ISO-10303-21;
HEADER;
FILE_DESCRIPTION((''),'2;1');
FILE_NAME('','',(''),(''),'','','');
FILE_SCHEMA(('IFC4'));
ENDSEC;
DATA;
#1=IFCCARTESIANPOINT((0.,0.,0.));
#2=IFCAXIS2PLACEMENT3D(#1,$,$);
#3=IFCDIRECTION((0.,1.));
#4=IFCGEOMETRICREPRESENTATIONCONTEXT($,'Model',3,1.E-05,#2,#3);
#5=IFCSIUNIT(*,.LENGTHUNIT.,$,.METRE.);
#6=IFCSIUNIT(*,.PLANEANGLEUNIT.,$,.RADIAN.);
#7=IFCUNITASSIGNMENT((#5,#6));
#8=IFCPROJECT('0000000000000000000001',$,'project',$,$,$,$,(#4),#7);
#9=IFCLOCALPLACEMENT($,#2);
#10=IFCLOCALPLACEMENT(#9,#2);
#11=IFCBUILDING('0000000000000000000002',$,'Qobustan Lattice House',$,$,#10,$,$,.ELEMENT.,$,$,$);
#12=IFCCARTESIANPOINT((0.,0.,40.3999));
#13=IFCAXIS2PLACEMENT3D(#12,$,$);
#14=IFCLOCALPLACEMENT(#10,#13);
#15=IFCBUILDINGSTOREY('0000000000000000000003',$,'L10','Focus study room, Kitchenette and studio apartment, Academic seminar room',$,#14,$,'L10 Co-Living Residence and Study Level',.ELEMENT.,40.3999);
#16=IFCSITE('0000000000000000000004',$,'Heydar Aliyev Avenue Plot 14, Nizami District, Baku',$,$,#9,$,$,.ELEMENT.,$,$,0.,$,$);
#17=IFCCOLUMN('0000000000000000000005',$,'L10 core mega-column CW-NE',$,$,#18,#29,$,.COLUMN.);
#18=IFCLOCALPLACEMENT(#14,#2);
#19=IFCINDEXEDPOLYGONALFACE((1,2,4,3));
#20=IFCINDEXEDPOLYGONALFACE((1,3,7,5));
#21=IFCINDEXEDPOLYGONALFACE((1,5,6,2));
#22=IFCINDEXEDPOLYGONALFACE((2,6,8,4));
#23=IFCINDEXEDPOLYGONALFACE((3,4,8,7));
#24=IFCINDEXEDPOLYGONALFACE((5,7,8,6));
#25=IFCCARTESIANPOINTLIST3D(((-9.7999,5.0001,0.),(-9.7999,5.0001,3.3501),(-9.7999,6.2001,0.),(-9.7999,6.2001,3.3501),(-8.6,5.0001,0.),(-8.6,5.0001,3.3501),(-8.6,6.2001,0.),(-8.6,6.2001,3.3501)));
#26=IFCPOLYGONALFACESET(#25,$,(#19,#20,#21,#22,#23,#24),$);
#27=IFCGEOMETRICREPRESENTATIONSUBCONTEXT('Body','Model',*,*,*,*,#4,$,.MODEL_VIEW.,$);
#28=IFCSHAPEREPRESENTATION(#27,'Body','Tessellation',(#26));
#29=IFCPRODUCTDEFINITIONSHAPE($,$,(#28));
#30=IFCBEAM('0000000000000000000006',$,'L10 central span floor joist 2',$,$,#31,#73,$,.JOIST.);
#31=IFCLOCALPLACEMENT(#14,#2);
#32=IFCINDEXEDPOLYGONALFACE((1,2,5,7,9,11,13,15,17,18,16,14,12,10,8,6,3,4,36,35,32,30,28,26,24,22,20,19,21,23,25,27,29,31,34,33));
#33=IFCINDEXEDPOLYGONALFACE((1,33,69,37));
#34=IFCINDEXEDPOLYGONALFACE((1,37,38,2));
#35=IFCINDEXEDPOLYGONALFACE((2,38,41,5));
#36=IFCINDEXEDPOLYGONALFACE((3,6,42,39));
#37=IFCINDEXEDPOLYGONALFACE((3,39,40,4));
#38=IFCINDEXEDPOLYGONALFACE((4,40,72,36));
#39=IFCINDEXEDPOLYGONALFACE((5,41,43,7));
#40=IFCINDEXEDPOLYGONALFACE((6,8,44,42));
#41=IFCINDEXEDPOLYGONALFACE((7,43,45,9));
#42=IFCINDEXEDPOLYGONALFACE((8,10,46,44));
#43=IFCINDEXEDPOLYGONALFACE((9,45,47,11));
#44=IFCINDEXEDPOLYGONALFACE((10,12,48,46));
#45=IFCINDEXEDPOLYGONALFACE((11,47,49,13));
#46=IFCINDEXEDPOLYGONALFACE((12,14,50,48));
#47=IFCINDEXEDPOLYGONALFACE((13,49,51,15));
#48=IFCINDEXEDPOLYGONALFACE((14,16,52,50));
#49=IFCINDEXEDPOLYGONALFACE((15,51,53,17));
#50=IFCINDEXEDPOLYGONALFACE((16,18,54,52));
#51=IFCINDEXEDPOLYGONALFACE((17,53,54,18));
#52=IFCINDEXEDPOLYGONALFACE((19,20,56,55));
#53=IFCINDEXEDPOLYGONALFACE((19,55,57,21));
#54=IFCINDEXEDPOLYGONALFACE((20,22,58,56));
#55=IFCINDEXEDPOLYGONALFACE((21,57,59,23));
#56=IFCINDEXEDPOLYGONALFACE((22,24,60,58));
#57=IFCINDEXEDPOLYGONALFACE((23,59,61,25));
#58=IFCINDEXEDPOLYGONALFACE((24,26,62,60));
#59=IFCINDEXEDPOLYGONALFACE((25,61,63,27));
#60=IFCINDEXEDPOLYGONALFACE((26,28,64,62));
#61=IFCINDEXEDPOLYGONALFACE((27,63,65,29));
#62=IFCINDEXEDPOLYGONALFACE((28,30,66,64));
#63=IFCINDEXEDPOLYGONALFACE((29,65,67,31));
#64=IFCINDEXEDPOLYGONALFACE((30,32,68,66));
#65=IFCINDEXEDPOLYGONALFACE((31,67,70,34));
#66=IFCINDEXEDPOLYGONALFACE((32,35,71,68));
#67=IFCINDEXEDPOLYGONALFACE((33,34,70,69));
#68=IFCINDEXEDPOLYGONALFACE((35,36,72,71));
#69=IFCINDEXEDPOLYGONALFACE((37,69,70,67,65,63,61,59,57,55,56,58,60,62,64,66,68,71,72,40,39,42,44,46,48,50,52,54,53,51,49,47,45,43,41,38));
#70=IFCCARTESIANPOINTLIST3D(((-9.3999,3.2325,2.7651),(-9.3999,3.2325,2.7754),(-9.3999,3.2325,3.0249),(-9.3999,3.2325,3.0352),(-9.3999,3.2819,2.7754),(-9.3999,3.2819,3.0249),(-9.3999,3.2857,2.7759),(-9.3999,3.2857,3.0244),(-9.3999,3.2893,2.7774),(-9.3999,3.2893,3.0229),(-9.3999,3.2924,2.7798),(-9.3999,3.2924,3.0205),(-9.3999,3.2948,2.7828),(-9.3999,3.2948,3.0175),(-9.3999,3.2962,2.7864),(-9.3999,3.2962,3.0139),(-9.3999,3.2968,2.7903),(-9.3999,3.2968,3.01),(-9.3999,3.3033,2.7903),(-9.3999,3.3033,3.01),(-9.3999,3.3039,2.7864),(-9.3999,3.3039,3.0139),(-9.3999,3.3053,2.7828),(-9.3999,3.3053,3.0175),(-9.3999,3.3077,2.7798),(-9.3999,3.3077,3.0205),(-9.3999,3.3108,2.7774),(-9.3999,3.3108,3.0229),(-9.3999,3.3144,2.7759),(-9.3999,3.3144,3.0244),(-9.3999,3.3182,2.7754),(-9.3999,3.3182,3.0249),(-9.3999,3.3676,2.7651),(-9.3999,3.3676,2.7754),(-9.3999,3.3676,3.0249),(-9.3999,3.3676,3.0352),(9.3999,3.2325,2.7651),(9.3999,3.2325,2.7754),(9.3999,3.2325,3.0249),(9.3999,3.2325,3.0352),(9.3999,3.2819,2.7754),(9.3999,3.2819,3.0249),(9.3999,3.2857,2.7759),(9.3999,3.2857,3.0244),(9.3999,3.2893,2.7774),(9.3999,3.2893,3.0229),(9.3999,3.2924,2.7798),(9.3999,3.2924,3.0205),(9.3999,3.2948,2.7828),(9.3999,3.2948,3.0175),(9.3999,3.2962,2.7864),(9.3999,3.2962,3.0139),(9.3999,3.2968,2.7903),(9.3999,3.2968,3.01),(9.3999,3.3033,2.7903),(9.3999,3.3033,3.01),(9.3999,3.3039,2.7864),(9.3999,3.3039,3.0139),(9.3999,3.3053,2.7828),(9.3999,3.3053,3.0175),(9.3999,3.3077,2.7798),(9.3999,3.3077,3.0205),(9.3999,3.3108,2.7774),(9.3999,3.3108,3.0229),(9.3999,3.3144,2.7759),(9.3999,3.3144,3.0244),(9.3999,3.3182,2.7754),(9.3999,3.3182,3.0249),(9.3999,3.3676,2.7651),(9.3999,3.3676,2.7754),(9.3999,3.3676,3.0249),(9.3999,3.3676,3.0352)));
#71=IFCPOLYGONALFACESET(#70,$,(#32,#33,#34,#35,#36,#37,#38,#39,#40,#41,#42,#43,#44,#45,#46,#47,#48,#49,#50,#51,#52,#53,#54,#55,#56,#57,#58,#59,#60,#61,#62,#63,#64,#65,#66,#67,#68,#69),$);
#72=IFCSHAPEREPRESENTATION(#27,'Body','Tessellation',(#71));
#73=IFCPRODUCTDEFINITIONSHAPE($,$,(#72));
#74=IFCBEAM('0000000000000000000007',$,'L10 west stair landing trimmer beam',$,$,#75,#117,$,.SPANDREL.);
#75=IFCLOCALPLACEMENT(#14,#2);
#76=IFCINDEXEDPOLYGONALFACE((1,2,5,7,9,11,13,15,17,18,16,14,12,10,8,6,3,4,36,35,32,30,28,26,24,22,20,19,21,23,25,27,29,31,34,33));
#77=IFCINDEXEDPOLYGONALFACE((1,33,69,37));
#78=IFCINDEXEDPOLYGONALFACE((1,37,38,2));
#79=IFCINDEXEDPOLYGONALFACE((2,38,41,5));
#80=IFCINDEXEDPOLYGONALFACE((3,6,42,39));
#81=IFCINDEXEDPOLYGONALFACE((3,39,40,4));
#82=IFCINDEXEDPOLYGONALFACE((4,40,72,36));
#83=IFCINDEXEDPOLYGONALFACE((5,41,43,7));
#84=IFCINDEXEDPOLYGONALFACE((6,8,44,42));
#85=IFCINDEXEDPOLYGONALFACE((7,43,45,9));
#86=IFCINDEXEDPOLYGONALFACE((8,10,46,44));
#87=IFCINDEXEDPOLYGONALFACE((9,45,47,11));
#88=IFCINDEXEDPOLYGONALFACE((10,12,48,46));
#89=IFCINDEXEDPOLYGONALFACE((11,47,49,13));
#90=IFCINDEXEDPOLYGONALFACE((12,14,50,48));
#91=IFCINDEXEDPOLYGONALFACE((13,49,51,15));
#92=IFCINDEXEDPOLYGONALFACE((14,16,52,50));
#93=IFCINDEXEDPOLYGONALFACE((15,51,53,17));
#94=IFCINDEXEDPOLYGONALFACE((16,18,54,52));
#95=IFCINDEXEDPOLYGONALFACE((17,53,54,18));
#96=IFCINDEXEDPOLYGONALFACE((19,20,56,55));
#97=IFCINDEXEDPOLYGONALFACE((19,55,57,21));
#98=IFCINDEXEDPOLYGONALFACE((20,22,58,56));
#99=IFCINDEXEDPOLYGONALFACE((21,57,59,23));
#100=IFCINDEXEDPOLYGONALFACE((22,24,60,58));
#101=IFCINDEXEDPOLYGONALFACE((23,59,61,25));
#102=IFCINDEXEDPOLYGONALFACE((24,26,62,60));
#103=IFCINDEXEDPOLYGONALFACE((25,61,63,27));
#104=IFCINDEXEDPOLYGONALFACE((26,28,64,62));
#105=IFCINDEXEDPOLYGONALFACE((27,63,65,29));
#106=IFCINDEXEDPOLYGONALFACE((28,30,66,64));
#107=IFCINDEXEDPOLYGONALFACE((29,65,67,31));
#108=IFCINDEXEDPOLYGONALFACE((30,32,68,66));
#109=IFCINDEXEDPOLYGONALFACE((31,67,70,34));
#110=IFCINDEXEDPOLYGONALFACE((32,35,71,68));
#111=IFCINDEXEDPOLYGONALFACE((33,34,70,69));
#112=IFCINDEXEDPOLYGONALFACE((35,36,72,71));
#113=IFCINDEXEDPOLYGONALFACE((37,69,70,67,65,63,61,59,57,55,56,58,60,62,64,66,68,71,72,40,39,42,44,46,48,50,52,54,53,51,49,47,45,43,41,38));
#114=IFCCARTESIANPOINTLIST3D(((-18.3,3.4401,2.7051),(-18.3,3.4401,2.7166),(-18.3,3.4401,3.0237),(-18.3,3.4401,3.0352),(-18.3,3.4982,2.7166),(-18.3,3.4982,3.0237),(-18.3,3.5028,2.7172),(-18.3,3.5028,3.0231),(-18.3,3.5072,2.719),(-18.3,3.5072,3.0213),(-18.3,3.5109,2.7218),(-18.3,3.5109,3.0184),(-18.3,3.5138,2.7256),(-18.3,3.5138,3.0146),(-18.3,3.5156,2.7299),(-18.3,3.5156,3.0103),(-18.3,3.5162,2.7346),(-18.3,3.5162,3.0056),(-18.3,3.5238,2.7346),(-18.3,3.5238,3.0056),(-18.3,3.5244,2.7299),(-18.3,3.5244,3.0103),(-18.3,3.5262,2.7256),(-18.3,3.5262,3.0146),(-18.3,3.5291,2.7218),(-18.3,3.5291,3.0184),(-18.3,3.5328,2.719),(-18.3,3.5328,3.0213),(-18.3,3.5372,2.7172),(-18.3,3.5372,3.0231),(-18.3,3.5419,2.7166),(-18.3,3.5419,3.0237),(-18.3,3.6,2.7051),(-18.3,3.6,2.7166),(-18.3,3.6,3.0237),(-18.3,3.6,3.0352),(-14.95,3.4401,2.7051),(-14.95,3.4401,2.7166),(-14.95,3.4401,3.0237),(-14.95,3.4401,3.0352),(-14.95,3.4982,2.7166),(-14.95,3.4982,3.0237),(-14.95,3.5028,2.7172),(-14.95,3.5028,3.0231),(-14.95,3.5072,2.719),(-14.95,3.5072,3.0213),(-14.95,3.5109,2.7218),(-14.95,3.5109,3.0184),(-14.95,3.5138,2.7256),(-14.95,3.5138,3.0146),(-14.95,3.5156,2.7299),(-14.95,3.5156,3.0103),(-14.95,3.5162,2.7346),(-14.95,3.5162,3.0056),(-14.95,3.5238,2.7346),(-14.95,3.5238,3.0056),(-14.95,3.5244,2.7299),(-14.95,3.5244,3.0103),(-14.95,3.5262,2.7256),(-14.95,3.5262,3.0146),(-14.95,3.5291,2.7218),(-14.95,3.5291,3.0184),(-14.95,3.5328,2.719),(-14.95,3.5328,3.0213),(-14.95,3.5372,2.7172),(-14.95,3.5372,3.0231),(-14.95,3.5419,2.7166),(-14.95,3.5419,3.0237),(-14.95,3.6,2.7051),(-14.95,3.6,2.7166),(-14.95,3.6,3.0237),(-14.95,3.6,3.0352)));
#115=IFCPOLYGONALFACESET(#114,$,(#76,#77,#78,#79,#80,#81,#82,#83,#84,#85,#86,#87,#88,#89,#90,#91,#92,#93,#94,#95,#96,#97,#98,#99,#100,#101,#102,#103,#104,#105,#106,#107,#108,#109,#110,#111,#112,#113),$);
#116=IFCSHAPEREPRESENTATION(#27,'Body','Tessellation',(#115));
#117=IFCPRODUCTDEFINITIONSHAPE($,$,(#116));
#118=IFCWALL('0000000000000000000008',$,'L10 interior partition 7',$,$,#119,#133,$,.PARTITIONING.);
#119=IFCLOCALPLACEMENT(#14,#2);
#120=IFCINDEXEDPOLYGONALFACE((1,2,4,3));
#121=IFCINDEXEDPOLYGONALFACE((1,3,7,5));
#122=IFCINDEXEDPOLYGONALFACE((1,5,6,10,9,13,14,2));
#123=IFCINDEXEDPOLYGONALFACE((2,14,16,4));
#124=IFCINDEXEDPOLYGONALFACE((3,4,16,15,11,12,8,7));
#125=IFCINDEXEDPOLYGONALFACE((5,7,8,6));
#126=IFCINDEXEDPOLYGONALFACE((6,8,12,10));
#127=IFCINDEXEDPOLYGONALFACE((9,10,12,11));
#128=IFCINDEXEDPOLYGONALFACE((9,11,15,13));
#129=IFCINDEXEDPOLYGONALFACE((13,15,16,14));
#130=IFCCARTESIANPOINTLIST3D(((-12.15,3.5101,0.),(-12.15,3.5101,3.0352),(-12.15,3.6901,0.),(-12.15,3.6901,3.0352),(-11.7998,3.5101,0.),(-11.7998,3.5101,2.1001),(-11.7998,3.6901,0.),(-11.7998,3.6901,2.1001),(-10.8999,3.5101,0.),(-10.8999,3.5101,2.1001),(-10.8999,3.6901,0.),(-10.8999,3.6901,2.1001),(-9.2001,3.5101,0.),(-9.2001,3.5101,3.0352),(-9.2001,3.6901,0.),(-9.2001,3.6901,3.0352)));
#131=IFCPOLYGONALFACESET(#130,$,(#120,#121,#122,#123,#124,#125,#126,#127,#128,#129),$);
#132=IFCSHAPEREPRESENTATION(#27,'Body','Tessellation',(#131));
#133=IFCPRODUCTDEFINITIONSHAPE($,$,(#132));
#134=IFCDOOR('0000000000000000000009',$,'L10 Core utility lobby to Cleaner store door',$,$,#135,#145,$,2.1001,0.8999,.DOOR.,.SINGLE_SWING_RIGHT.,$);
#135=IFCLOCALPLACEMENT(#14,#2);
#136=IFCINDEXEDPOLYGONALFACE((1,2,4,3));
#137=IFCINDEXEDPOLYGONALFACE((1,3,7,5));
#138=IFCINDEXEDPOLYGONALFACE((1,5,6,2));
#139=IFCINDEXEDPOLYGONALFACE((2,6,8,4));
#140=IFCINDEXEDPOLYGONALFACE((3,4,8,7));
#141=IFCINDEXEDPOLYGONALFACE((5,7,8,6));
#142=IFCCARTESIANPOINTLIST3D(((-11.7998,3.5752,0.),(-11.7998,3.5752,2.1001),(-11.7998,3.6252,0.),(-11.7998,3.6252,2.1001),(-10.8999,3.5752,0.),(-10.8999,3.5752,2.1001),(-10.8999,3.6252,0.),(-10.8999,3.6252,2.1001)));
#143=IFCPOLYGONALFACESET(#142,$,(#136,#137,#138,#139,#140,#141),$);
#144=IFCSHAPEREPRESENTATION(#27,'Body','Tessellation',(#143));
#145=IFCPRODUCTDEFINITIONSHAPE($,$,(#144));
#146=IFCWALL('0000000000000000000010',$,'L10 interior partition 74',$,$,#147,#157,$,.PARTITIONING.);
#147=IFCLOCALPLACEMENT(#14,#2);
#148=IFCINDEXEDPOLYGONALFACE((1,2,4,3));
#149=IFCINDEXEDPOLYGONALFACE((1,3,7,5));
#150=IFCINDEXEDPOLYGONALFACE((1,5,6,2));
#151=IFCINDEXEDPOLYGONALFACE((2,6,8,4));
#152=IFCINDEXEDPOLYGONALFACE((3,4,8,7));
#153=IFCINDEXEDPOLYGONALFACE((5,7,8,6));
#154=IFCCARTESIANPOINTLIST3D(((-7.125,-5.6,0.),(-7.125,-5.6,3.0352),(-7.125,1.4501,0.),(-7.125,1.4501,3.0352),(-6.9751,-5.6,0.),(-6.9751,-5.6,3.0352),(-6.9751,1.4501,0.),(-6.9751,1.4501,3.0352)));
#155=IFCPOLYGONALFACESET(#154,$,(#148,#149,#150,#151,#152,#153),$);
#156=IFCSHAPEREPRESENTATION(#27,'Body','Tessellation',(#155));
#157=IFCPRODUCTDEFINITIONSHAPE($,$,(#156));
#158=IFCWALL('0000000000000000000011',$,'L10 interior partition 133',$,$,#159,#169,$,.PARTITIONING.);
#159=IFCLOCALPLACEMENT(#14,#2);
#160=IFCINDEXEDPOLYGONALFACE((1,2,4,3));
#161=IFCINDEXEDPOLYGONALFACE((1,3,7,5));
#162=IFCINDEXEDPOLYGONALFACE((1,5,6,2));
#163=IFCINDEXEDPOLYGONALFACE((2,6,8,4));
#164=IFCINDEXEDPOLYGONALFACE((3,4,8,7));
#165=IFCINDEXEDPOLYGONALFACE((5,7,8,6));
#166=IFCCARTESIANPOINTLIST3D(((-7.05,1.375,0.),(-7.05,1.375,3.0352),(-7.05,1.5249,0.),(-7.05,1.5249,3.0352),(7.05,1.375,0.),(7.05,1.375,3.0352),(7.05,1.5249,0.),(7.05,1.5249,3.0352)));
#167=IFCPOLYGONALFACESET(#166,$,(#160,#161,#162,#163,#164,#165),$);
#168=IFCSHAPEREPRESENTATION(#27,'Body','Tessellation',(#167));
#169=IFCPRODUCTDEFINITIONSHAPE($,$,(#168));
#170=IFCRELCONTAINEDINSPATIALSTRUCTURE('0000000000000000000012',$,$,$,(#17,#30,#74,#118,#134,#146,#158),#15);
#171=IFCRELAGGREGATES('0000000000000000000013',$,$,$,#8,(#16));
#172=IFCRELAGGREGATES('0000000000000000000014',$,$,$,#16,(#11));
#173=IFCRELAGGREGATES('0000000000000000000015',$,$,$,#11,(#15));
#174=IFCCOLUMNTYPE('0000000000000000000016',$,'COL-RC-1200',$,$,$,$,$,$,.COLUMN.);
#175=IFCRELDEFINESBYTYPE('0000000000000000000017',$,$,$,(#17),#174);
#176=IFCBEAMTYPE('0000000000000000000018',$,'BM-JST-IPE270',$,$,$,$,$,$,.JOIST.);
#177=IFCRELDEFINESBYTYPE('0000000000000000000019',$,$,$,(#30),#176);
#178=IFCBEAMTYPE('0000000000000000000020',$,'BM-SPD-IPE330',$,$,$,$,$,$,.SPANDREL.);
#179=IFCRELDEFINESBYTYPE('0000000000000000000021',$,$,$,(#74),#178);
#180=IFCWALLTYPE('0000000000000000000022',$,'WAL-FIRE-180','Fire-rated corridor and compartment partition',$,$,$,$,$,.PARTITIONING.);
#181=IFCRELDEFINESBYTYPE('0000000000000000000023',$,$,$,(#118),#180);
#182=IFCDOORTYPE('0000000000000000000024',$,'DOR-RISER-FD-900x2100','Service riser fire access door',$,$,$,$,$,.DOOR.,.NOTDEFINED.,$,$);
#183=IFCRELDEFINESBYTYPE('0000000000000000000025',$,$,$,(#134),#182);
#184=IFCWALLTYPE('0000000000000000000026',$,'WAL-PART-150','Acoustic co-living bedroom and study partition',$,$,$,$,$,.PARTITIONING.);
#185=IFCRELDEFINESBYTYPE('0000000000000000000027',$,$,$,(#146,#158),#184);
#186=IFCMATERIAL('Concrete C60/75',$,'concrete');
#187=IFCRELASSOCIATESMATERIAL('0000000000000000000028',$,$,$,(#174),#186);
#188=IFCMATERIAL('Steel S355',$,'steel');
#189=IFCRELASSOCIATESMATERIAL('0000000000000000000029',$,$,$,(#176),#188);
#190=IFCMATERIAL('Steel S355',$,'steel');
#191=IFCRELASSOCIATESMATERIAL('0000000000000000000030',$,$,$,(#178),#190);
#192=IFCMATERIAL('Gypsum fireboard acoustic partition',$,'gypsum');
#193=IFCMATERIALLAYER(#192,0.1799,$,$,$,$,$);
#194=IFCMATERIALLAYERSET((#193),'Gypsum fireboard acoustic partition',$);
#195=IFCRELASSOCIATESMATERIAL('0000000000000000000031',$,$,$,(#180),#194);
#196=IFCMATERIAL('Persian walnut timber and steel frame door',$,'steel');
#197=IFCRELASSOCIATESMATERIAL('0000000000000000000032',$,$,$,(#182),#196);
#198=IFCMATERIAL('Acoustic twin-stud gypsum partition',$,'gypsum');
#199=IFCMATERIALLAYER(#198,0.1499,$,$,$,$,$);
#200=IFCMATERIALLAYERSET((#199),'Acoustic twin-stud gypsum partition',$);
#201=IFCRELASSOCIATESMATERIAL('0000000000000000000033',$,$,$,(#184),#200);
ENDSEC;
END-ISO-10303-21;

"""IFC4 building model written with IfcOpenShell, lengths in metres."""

from ifc_helpers import new_model, si_unit, direction, frame, frame_2d, origin, origin_2d, place, context, subcontext, project, spatial, rectangle, i_section, extrude, material, layer, layer_set, material_profile, profile_set, type_object, element, fill, save


model = new_model("IFC4")

# Units and contexts
model_context = context("Model", 3, precision=1e-05, world=origin(), true_north=direction((0.0, 1.0)))
body_context = subcontext(model_context, "Body", "Model", "MODEL_VIEW")
ifc_project = project(units=[si_unit("LENGTHUNIT", "METRE"), si_unit("PLANEANGLEUNIT", "RADIAN")], contexts=[model_context])

# Site, building, storey
site_placement = place(None, origin())
site = spatial("IfcSite", under=ifc_project, at=site_placement, Name="Heydar Aliyev Avenue Plot 14, Nizami District, Baku", CompositionType="ELEMENT", RefElevation=0.0)
building_placement = place(site_placement, origin())
building = spatial("IfcBuilding", under=site, at=building_placement, Name="Qobustan Lattice House", CompositionType="ELEMENT")
storey_placement = place(building_placement, frame((0.0, 0.0, 40.3999)))
storey = spatial("IfcBuildingStorey", under=building, at=storey_placement, Name="L10", Description="Focus study room, Kitchenette and studio apartment, Academic seminar room", LongName="L10 Co-Living Residence and Study Level", CompositionType="ELEMENT", Elevation=40.3999)

# Column
ifc_material_1 = material(Name="Concrete C60/75", Category="concrete")
ifc_material_profile_1 = material_profile(ifc_material_1, rectangle(XDim=1.2, YDim=1.2, at=origin_2d()), Name="RC1200x1200")
ifc_profile_set_1 = profile_set([ifc_material_profile_1], Name="Concrete C60/75")
column_type = type_object("IfcColumnType", Name="COL-RC-1200", PredefinedType="COLUMN", material=ifc_profile_set_1)
column_placement = place(storey_placement, frame((-9.2, 5.6001, 0.0), z_axis=(0.0, 0.0, 1.0), x_axis=(1.0, 0.0, 0.0)))
element("IfcColumn", 1, at=column_placement, inside=storey, type_object=column_type, Name="L10 core mega-column CW-NE", PredefinedType="COLUMN", context=body_context, shape_type="SweptSolid", body=[
    extrude(rectangle(XDim=1.2, YDim=1.2, at=origin_2d()), origin(), (0.0, 0.0, 1.0), 3.3501),
])

# Beams
ifc_material_2 = material(Name="Steel S355", Category="steel")
ifc_material_profile_2 = material_profile(ifc_material_2, i_section(OverallWidth=0.135, OverallDepth=0.27, WebThickness=0.0066, FlangeThickness=0.0103, FilletRadius=0.0149, at=origin_2d()), Name="IPE270")
ifc_profile_set_2 = profile_set([ifc_material_profile_2], Name="Steel S355")
beam_type_1 = type_object("IfcBeamType", Name="BM-JST-IPE270", PredefinedType="JOIST", material=ifc_profile_set_2)
beam_1_placement = place(storey_placement, frame((-9.3999, 3.3, 2.9001), z_axis=(1.0, 0.0, 0.0), x_axis=(0.0, 1.0, 0.0)))
element("IfcBeam", 2, at=beam_1_placement, inside=storey, type_object=beam_type_1, Name="L10 central span floor joist 2", PredefinedType="JOIST", context=body_context, shape_type="SweptSolid", body=[
    extrude(i_section(OverallWidth=0.135, OverallDepth=0.27, WebThickness=0.0066, FlangeThickness=0.0103, FilletRadius=0.0149, at=origin_2d()), origin(), (0.0, 0.0, 1.0), 18.7998),
])
ifc_material_3 = material(Name="Steel S355", Category="steel")
ifc_material_profile_3 = material_profile(ifc_material_3, i_section(OverallWidth=0.1599, OverallDepth=0.3301, WebThickness=0.0076, FlangeThickness=0.0115, FilletRadius=0.0181, at=origin_2d()), Name="IPE330")
ifc_profile_set_3 = profile_set([ifc_material_profile_3], Name="Steel S355")
beam_type_2 = type_object("IfcBeamType", Name="BM-SPD-IPE330", PredefinedType="SPANDREL", material=ifc_profile_set_3)
beam_2_placement = place(storey_placement, frame((-18.3, 3.52, 2.8701), z_axis=(1.0, 0.0, 0.0), x_axis=(0.0, 1.0, 0.0)))
element("IfcBeam", 3, at=beam_2_placement, inside=storey, type_object=beam_type_2, Name="L10 west stair landing trimmer beam", PredefinedType="SPANDREL", context=body_context, shape_type="SweptSolid", body=[
    extrude(i_section(OverallWidth=0.1599, OverallDepth=0.3301, WebThickness=0.0076, FlangeThickness=0.0115, FilletRadius=0.0181, at=origin_2d()), origin(), (0.0, 0.0, 1.0), 3.3501),
])

# Wall, opening, door
ifc_material_4 = material(Name="Gypsum fireboard acoustic partition", Category="gypsum")
ifc_layer_1 = layer(ifc_material_4, 0.1799)
ifc_layer_set_1 = layer_set([ifc_layer_1], Name="Gypsum fireboard acoustic partition")
wall_type_1 = type_object("IfcWallType", Name="WAL-FIRE-180", Description="Fire-rated corridor and compartment partition", PredefinedType="PARTITIONING", material=ifc_layer_set_1)
wall_1_placement = place(storey_placement, frame((-9.2, 3.6001, 0.0), z_axis=(0.0, 0.0, 1.0), x_axis=(-1.0, 0.0, 0.0)))
wall_1 = element("IfcWall", 4, at=wall_1_placement, inside=storey, type_object=wall_type_1, Name="L10 interior partition 7", PredefinedType="PARTITIONING", context=body_context, shape_type="SweptSolid", body=[
    extrude(rectangle(XDim=2.95, YDim=0.1799, at=frame_2d((1.4751, 0.0))), origin(), (0.0, 0.0, 1.0), 3.0352),
])
opening_placement = place(wall_1_placement, frame((1.7, 0.0, 0.0)))
opening = element("IfcOpeningElement", 5, at=opening_placement, cuts=wall_1, PredefinedType="OPENING", context=body_context, shape_type="SweptSolid", body=[
    extrude(rectangle(XDim=0.8999, YDim=2.1001, at=frame_2d((0.45, 1.05))), frame((0.0, 0.0999, 0.0), z_axis=(0.0, -1.0, 0.0), x_axis=(1.0, 0.0, 0.0)), (0.0, 0.0, 1.0), 0.2),
])
ifc_material_5 = material(Name="Persian walnut timber and steel frame door", Category="steel")
door_type = type_object("IfcDoorType", Name="DOR-RISER-FD-900x2100", Description="Service riser fire access door", OperationType="NOTDEFINED", PredefinedType="DOOR", material=ifc_material_5)
door_placement = place(opening_placement, origin())
door = element("IfcDoor", 6, at=door_placement, inside=storey, type_object=door_type, Name="L10 Core utility lobby to Cleaner store door", OperationType="SINGLE_SWING_RIGHT", OverallHeight=2.1001, OverallWidth=0.8999, PredefinedType="DOOR", context=body_context, shape_type="SweptSolid", body=[
    extrude(rectangle(XDim=0.8999, YDim=2.1001, at=frame_2d((0.45, 1.05))), frame((0.0, 0.0249, 0.0), z_axis=(0.0, -1.0, 0.0), x_axis=(1.0, 0.0, 0.0)), (0.0, 0.0, 1.0), 0.05),
])
fill(opening, door)

# Walls
ifc_material_6 = material(Name="Acoustic twin-stud gypsum partition", Category="gypsum")
ifc_layer_2 = layer(ifc_material_6, 0.1499)
ifc_layer_set_2 = layer_set([ifc_layer_2], Name="Acoustic twin-stud gypsum partition")
wall_type_2 = type_object("IfcWallType", Name="WAL-PART-150", Description="Acoustic co-living bedroom and study partition", PredefinedType="PARTITIONING", material=ifc_layer_set_2)
wall_2_placement = place(storey_placement, frame((-7.05, 1.45, 0.0), z_axis=(0.0, 0.0, 1.0), x_axis=(0.0, -1.0, 0.0)))
element("IfcWall", 7, at=wall_2_placement, inside=storey, type_object=wall_type_2, Name="L10 interior partition 74", PredefinedType="PARTITIONING", context=body_context, shape_type="SweptSolid", body=[
    extrude(rectangle(XDim=7.05, YDim=0.1499, at=frame_2d((3.5249, 0.0))), origin(), (0.0, 0.0, 1.0), 3.0352),
])
wall_3_placement = place(storey_placement, frame((-7.05, 1.45, 0.0), z_axis=(0.0, 0.0, 1.0), x_axis=(1.0, 0.0, 0.0)))
element("IfcWall", 8, at=wall_3_placement, inside=storey, type_object=wall_type_2, Name="L10 interior partition 133", PredefinedType="PARTITIONING", context=body_context, shape_type="SweptSolid", body=[
    extrude(rectangle(XDim=14.1001, YDim=0.1499, at=frame_2d((7.05, 0.0))), origin(), (0.0, 0.0, 1.0), 3.0352),
])

save(model, "model.ifc")
